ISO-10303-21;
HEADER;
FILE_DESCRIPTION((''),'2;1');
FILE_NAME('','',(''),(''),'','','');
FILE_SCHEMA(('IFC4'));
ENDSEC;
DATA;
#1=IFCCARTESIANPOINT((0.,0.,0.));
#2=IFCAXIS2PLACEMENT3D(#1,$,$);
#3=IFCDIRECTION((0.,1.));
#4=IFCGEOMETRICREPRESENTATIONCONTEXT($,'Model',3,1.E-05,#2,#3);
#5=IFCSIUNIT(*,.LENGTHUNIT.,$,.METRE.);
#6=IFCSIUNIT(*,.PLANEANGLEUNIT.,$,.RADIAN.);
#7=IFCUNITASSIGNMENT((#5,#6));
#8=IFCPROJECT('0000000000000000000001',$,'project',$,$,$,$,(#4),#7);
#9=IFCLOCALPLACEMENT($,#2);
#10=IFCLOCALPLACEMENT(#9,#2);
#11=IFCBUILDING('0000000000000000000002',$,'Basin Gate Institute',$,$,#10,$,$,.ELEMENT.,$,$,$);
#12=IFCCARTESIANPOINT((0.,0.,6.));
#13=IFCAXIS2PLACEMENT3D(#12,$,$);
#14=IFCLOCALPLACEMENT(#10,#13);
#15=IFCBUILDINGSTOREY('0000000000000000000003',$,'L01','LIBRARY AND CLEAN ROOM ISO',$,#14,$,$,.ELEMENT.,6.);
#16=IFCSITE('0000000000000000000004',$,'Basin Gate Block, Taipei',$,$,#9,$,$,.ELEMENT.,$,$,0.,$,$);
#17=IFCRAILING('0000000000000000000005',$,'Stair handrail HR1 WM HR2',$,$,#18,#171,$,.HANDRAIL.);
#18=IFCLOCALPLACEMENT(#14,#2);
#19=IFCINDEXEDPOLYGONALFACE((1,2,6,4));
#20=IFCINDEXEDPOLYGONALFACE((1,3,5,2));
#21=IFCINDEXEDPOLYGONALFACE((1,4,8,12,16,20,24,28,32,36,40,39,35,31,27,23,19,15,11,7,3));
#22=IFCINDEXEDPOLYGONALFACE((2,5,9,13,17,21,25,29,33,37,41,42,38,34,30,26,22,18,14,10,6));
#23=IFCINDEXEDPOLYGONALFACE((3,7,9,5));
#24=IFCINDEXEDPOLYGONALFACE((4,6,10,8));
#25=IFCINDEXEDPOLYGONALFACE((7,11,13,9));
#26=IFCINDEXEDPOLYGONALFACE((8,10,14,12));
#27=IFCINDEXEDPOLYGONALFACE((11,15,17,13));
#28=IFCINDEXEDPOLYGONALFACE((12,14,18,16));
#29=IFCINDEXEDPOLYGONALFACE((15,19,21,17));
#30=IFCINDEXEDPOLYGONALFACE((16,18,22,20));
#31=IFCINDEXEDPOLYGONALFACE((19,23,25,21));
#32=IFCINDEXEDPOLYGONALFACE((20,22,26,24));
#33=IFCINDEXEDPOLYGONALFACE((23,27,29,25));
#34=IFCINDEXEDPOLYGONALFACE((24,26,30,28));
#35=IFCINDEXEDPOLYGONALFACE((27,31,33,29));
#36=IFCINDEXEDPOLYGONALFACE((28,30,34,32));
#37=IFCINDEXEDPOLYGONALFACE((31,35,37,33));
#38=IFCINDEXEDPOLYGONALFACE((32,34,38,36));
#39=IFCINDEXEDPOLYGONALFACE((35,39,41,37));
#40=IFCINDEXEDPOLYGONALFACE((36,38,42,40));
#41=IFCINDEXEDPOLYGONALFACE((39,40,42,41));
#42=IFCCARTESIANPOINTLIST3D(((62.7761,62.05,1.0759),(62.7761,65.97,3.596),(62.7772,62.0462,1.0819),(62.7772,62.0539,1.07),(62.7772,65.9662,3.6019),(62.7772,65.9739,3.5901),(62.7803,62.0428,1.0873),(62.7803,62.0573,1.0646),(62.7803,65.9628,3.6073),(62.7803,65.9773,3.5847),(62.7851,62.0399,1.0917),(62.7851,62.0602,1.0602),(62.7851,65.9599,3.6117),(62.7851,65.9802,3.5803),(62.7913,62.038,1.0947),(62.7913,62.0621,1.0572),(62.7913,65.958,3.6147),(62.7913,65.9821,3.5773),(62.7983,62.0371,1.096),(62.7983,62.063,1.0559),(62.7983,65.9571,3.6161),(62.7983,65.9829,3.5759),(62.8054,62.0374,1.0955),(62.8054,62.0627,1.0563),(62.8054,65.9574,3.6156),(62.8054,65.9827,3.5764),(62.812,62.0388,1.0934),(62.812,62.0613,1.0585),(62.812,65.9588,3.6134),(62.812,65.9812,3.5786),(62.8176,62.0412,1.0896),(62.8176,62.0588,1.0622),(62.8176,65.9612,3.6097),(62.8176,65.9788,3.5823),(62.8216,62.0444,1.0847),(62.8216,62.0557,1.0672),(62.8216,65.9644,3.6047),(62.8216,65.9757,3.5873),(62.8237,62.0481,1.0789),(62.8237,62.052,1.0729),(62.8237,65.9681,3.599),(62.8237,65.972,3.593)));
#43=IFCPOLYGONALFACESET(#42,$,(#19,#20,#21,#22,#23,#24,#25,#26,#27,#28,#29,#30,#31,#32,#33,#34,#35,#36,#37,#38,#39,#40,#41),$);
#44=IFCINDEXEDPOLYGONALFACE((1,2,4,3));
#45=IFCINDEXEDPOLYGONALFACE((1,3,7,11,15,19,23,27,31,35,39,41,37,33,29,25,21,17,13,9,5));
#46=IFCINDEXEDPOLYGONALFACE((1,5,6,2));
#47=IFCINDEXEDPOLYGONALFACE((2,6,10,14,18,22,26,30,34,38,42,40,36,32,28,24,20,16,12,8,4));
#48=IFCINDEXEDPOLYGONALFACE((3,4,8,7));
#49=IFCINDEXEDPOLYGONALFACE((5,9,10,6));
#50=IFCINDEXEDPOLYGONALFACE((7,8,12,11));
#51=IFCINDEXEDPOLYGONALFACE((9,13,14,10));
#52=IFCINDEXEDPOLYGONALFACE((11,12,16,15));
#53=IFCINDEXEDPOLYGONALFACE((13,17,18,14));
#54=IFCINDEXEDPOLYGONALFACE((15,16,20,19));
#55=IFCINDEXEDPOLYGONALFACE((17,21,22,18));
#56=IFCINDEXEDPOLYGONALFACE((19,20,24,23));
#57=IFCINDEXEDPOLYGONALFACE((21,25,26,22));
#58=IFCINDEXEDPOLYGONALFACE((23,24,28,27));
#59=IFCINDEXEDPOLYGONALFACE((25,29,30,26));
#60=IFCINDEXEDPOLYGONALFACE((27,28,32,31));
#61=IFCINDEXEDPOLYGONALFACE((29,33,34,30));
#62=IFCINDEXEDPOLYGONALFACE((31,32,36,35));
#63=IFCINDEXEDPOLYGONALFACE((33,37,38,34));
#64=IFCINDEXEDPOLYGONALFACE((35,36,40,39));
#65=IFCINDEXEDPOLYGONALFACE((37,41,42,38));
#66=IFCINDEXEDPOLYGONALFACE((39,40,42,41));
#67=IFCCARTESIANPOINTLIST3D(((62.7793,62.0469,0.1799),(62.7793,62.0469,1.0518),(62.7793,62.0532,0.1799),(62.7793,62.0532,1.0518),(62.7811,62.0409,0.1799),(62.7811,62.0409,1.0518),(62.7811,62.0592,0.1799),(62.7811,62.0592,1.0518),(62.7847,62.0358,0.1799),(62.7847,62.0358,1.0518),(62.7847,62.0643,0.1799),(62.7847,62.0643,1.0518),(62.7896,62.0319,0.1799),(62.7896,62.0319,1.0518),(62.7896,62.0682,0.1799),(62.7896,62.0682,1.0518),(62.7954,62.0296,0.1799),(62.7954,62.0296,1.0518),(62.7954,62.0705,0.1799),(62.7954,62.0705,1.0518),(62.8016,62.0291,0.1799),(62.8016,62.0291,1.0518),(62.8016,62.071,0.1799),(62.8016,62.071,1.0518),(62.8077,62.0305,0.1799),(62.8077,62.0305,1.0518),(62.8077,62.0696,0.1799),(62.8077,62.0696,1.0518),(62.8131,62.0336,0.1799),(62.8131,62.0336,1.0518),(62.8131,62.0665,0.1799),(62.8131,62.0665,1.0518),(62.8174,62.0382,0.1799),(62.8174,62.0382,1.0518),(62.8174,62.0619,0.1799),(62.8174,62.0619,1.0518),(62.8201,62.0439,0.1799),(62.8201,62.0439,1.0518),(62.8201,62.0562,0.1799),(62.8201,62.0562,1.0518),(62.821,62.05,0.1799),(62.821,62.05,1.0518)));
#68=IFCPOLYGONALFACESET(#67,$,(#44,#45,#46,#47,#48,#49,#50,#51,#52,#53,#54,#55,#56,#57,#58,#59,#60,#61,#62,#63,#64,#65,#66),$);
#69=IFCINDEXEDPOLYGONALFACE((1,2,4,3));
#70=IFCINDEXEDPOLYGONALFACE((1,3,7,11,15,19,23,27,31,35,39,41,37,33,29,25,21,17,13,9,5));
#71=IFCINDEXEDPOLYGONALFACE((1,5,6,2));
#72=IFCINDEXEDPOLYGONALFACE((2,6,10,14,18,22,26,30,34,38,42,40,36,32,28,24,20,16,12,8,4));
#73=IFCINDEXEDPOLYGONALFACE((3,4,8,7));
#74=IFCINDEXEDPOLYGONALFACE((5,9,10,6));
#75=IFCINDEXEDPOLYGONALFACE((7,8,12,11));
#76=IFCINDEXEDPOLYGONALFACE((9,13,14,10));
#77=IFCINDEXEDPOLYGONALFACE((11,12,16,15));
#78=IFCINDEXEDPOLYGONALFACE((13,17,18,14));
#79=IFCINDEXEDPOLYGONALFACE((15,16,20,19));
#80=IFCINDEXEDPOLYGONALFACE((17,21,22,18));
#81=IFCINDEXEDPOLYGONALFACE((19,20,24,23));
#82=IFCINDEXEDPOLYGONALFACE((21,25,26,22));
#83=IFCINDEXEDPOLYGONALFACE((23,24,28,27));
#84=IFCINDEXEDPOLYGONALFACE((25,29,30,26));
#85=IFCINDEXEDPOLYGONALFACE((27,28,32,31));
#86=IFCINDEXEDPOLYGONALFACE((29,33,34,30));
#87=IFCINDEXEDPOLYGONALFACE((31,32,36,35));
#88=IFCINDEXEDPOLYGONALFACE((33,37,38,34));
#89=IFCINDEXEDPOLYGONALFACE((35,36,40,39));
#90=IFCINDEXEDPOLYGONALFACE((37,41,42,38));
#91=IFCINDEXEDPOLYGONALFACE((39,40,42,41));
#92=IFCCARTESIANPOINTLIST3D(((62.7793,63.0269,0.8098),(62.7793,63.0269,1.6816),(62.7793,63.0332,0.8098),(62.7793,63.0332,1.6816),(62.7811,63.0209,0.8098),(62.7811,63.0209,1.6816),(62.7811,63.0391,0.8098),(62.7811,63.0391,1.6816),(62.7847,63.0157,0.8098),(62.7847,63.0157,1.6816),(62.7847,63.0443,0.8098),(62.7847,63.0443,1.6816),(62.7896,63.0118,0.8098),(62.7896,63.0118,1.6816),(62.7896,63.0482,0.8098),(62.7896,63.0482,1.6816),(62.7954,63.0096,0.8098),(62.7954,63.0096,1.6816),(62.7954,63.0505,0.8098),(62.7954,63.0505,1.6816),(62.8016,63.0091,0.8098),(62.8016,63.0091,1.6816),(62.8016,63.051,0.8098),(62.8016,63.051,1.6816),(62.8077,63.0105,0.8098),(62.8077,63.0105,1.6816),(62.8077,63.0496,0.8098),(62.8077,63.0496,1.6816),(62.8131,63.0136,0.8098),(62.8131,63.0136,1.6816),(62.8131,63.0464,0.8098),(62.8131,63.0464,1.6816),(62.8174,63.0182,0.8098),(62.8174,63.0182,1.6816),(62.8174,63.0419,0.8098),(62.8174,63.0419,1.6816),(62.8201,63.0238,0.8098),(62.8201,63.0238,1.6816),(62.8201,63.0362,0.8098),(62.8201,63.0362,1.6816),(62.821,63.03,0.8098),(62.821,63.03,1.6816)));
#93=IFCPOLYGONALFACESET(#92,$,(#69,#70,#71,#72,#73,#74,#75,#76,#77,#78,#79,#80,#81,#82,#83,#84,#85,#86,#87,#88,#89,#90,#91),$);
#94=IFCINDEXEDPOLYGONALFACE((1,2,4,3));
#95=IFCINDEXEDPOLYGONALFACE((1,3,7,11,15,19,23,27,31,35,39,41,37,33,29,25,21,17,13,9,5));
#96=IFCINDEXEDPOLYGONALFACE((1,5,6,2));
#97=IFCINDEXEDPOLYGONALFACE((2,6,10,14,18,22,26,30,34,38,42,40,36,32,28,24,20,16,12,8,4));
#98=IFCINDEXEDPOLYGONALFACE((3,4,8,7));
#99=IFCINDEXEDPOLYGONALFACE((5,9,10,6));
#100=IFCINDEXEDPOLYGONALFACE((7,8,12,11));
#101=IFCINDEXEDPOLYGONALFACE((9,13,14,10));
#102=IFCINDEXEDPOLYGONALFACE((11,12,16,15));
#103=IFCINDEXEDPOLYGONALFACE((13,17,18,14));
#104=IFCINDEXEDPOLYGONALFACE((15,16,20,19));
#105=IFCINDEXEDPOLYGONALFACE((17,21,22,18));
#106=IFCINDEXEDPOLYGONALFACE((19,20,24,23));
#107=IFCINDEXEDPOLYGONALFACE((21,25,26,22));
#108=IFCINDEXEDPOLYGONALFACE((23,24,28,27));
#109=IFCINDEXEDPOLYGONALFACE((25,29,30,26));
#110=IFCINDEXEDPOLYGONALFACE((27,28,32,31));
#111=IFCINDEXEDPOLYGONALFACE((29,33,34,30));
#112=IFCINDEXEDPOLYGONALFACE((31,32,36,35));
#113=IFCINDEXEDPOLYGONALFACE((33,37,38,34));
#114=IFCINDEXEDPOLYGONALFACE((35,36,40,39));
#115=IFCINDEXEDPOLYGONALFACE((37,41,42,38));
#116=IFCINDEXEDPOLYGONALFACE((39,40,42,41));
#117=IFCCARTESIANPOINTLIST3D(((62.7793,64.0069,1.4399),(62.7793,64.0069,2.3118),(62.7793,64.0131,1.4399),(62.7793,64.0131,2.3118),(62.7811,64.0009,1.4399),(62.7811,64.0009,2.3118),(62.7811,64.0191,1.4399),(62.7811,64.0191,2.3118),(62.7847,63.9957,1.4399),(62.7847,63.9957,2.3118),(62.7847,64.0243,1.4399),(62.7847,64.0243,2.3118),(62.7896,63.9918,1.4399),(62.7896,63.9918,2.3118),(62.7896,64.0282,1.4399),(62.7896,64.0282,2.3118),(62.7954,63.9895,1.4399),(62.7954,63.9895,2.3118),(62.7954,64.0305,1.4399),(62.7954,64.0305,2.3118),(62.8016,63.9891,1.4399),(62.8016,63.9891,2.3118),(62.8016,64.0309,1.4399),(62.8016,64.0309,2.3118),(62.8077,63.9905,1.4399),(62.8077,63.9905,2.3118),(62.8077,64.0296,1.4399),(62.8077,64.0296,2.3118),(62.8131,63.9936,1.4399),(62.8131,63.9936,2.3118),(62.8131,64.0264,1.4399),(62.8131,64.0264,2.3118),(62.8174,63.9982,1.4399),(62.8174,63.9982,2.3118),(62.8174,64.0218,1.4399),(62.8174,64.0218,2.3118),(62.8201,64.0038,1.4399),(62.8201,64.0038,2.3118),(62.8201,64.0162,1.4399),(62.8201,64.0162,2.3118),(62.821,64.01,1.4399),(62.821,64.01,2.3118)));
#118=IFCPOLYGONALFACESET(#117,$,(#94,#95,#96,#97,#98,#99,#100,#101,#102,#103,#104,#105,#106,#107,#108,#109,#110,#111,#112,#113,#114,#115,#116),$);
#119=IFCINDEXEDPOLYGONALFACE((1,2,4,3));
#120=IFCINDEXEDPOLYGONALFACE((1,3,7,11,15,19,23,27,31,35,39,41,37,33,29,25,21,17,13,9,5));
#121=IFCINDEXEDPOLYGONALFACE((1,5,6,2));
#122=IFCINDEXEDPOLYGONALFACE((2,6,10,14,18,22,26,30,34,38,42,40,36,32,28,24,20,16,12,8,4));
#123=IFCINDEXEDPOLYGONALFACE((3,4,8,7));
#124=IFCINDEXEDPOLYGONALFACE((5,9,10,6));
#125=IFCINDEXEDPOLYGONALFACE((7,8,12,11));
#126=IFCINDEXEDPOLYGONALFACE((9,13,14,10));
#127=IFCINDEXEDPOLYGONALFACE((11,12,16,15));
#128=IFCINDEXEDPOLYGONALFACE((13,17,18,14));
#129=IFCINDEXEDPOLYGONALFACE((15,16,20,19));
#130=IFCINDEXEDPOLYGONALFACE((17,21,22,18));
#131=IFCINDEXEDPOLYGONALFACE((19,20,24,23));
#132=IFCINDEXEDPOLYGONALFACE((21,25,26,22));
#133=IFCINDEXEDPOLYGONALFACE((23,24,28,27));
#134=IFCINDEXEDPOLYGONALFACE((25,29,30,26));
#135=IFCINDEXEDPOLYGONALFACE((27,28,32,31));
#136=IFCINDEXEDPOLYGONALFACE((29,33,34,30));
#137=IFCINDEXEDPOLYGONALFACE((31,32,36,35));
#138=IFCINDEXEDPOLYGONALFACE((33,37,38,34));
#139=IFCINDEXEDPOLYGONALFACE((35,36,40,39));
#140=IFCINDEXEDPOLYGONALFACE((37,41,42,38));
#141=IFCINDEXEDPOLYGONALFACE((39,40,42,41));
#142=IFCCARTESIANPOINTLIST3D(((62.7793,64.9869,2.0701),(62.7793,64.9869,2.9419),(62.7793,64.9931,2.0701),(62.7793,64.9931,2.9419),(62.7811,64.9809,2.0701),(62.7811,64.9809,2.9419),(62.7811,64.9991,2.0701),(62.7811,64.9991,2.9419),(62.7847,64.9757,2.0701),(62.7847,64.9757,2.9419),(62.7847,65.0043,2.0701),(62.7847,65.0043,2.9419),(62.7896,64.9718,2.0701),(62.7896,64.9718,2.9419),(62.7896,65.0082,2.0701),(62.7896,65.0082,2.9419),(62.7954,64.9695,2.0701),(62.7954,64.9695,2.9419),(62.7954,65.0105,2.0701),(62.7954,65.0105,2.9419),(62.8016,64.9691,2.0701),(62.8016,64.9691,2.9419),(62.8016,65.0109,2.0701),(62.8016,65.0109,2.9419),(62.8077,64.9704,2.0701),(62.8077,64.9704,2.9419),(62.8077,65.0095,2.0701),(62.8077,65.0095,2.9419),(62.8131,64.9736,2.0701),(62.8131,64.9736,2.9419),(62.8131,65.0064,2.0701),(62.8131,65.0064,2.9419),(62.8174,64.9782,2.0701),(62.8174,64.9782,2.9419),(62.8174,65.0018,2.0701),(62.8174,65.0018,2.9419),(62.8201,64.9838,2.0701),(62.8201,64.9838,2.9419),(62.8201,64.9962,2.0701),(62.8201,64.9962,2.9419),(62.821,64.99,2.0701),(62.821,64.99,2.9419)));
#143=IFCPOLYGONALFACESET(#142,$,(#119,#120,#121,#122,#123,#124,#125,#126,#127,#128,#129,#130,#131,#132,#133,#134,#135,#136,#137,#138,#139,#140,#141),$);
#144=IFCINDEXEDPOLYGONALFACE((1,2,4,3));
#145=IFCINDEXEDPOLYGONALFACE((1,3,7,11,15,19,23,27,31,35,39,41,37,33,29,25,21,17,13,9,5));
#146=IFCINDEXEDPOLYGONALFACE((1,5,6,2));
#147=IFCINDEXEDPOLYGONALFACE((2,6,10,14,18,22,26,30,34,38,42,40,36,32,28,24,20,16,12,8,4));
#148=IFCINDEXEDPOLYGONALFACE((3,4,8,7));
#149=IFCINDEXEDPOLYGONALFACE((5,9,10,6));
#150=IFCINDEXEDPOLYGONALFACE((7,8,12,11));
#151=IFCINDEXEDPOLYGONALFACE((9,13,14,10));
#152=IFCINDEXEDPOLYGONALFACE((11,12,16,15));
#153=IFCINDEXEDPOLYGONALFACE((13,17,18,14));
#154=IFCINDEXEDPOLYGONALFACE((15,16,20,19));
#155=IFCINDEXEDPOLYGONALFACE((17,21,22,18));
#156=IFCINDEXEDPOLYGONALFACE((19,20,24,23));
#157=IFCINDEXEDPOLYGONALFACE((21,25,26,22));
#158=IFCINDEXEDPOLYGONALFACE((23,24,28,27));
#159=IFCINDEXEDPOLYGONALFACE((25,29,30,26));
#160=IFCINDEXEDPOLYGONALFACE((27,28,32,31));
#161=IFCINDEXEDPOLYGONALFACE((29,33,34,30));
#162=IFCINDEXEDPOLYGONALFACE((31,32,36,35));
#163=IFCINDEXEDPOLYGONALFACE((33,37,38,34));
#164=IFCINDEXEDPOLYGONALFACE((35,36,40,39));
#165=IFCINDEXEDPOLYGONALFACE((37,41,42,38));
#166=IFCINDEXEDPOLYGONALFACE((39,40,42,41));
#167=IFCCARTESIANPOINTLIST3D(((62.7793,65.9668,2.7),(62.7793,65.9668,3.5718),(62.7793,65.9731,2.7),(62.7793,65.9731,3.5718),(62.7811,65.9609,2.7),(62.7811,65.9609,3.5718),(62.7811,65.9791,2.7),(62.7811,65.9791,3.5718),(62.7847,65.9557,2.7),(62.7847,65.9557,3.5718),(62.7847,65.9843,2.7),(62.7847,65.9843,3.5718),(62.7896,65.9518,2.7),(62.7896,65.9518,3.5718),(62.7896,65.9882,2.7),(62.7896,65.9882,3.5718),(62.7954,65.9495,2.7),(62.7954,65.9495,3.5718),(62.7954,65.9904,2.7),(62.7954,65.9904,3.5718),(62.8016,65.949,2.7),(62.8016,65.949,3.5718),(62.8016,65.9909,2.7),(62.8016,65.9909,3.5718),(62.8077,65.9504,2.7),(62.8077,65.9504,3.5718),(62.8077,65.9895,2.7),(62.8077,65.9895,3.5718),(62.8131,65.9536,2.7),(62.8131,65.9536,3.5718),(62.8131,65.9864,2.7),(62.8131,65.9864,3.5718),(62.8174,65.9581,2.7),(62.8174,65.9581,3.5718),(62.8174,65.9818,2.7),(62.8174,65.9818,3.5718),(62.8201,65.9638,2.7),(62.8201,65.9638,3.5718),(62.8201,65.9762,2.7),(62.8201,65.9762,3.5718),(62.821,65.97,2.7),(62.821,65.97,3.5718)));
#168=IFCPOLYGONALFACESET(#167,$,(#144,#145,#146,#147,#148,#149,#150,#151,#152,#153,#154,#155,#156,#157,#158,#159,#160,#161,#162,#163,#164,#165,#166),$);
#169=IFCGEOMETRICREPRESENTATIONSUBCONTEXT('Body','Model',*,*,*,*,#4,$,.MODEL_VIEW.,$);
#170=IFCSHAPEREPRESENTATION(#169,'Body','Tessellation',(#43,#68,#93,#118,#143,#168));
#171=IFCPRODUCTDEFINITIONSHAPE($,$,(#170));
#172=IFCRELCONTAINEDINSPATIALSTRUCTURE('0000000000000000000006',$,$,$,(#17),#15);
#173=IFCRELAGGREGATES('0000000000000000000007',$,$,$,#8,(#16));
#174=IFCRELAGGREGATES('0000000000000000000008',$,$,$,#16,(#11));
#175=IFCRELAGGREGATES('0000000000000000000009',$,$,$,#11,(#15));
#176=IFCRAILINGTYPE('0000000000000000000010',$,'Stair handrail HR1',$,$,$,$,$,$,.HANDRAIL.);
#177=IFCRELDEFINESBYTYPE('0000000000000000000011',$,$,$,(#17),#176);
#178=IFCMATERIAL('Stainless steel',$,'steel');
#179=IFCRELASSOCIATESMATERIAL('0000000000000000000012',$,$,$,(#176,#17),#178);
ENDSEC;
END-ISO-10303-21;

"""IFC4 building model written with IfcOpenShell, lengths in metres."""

from ifc_helpers import new_model, si_unit, direction, frame, origin, origin_2d, place, context, subcontext, project, spatial, circle, extrude, material, type_object, element, save


model = new_model("IFC4")

# Units and contexts
model_context = context("Model", 3, precision=1e-05, world=origin(), true_north=direction((0.0, 1.0)))
body_context = subcontext(model_context, "Body", "Model", "MODEL_VIEW")
ifc_project = project(units=[si_unit("LENGTHUNIT", "METRE"), si_unit("PLANEANGLEUNIT", "RADIAN")], contexts=[model_context])

# Site, building, storey
site_placement = place(None, origin())
site = spatial("IfcSite", under=ifc_project, at=site_placement, Name="Basin Gate Block, Taipei", CompositionType="ELEMENT", RefElevation=0.0)
building_placement = place(site_placement, origin())
building = spatial("IfcBuilding", under=site, at=building_placement, Name="Basin Gate Institute", CompositionType="ELEMENT")
storey_placement = place(building_placement, frame((0.0, 0.0, 6.0)))
storey = spatial("IfcBuildingStorey", under=building, at=storey_placement, Name="L01", Description="LIBRARY AND CLEAN ROOM ISO", CompositionType="ELEMENT", Elevation=6.0)

# Railing
ifc_material_1 = material(Name="Stainless steel", Category="steel")
railing_type_1 = type_object("IfcRailingType", Name="Stair handrail HR1", PredefinedType="HANDRAIL", material=ifc_material_1)
for number, where, name in (
    (1, (62.8, 62.05, 0.1799), "Stair handrail HR1 WM HR2"),
):
    element("IfcRailing", number, at=place(storey_placement, frame(where)), inside=storey, type_object=railing_type_1, material=ifc_material_1, Name=name, PredefinedType="HANDRAIL", context=body_context, shape_type="SweptSolid", body=[
        extrude(circle(Radius=0.0239, at=origin_2d()), frame((0.0, 0.0, 0.896), z_axis=(0.0, 0.841172, 0.540768), x_axis=(-1.0, 0.0, 0.0)), (0.0, 0.0, 1.0), 4.6602),
        extrude(circle(Radius=0.021, at=origin_2d()), origin(), (0.0, 0.0, 1.0), 0.8718),
        extrude(circle(Radius=0.021, at=origin_2d()), frame((0.0, 0.98, 0.6299)), (0.0, 0.0, 1.0), 0.8718),
        extrude(circle(Radius=0.021, at=origin_2d()), frame((0.0, 1.96, 1.26)), (0.0, 0.0, 1.0), 0.8718),
        extrude(circle(Radius=0.021, at=origin_2d()), frame((0.0, 2.9399, 1.8901)), (0.0, 0.0, 1.0), 0.8718),
        extrude(circle(Radius=0.021, at=origin_2d()), frame((0.0, 3.9199, 2.52)), (0.0, 0.0, 1.0), 0.8718),
    ])

save(model, "model.ifc")
